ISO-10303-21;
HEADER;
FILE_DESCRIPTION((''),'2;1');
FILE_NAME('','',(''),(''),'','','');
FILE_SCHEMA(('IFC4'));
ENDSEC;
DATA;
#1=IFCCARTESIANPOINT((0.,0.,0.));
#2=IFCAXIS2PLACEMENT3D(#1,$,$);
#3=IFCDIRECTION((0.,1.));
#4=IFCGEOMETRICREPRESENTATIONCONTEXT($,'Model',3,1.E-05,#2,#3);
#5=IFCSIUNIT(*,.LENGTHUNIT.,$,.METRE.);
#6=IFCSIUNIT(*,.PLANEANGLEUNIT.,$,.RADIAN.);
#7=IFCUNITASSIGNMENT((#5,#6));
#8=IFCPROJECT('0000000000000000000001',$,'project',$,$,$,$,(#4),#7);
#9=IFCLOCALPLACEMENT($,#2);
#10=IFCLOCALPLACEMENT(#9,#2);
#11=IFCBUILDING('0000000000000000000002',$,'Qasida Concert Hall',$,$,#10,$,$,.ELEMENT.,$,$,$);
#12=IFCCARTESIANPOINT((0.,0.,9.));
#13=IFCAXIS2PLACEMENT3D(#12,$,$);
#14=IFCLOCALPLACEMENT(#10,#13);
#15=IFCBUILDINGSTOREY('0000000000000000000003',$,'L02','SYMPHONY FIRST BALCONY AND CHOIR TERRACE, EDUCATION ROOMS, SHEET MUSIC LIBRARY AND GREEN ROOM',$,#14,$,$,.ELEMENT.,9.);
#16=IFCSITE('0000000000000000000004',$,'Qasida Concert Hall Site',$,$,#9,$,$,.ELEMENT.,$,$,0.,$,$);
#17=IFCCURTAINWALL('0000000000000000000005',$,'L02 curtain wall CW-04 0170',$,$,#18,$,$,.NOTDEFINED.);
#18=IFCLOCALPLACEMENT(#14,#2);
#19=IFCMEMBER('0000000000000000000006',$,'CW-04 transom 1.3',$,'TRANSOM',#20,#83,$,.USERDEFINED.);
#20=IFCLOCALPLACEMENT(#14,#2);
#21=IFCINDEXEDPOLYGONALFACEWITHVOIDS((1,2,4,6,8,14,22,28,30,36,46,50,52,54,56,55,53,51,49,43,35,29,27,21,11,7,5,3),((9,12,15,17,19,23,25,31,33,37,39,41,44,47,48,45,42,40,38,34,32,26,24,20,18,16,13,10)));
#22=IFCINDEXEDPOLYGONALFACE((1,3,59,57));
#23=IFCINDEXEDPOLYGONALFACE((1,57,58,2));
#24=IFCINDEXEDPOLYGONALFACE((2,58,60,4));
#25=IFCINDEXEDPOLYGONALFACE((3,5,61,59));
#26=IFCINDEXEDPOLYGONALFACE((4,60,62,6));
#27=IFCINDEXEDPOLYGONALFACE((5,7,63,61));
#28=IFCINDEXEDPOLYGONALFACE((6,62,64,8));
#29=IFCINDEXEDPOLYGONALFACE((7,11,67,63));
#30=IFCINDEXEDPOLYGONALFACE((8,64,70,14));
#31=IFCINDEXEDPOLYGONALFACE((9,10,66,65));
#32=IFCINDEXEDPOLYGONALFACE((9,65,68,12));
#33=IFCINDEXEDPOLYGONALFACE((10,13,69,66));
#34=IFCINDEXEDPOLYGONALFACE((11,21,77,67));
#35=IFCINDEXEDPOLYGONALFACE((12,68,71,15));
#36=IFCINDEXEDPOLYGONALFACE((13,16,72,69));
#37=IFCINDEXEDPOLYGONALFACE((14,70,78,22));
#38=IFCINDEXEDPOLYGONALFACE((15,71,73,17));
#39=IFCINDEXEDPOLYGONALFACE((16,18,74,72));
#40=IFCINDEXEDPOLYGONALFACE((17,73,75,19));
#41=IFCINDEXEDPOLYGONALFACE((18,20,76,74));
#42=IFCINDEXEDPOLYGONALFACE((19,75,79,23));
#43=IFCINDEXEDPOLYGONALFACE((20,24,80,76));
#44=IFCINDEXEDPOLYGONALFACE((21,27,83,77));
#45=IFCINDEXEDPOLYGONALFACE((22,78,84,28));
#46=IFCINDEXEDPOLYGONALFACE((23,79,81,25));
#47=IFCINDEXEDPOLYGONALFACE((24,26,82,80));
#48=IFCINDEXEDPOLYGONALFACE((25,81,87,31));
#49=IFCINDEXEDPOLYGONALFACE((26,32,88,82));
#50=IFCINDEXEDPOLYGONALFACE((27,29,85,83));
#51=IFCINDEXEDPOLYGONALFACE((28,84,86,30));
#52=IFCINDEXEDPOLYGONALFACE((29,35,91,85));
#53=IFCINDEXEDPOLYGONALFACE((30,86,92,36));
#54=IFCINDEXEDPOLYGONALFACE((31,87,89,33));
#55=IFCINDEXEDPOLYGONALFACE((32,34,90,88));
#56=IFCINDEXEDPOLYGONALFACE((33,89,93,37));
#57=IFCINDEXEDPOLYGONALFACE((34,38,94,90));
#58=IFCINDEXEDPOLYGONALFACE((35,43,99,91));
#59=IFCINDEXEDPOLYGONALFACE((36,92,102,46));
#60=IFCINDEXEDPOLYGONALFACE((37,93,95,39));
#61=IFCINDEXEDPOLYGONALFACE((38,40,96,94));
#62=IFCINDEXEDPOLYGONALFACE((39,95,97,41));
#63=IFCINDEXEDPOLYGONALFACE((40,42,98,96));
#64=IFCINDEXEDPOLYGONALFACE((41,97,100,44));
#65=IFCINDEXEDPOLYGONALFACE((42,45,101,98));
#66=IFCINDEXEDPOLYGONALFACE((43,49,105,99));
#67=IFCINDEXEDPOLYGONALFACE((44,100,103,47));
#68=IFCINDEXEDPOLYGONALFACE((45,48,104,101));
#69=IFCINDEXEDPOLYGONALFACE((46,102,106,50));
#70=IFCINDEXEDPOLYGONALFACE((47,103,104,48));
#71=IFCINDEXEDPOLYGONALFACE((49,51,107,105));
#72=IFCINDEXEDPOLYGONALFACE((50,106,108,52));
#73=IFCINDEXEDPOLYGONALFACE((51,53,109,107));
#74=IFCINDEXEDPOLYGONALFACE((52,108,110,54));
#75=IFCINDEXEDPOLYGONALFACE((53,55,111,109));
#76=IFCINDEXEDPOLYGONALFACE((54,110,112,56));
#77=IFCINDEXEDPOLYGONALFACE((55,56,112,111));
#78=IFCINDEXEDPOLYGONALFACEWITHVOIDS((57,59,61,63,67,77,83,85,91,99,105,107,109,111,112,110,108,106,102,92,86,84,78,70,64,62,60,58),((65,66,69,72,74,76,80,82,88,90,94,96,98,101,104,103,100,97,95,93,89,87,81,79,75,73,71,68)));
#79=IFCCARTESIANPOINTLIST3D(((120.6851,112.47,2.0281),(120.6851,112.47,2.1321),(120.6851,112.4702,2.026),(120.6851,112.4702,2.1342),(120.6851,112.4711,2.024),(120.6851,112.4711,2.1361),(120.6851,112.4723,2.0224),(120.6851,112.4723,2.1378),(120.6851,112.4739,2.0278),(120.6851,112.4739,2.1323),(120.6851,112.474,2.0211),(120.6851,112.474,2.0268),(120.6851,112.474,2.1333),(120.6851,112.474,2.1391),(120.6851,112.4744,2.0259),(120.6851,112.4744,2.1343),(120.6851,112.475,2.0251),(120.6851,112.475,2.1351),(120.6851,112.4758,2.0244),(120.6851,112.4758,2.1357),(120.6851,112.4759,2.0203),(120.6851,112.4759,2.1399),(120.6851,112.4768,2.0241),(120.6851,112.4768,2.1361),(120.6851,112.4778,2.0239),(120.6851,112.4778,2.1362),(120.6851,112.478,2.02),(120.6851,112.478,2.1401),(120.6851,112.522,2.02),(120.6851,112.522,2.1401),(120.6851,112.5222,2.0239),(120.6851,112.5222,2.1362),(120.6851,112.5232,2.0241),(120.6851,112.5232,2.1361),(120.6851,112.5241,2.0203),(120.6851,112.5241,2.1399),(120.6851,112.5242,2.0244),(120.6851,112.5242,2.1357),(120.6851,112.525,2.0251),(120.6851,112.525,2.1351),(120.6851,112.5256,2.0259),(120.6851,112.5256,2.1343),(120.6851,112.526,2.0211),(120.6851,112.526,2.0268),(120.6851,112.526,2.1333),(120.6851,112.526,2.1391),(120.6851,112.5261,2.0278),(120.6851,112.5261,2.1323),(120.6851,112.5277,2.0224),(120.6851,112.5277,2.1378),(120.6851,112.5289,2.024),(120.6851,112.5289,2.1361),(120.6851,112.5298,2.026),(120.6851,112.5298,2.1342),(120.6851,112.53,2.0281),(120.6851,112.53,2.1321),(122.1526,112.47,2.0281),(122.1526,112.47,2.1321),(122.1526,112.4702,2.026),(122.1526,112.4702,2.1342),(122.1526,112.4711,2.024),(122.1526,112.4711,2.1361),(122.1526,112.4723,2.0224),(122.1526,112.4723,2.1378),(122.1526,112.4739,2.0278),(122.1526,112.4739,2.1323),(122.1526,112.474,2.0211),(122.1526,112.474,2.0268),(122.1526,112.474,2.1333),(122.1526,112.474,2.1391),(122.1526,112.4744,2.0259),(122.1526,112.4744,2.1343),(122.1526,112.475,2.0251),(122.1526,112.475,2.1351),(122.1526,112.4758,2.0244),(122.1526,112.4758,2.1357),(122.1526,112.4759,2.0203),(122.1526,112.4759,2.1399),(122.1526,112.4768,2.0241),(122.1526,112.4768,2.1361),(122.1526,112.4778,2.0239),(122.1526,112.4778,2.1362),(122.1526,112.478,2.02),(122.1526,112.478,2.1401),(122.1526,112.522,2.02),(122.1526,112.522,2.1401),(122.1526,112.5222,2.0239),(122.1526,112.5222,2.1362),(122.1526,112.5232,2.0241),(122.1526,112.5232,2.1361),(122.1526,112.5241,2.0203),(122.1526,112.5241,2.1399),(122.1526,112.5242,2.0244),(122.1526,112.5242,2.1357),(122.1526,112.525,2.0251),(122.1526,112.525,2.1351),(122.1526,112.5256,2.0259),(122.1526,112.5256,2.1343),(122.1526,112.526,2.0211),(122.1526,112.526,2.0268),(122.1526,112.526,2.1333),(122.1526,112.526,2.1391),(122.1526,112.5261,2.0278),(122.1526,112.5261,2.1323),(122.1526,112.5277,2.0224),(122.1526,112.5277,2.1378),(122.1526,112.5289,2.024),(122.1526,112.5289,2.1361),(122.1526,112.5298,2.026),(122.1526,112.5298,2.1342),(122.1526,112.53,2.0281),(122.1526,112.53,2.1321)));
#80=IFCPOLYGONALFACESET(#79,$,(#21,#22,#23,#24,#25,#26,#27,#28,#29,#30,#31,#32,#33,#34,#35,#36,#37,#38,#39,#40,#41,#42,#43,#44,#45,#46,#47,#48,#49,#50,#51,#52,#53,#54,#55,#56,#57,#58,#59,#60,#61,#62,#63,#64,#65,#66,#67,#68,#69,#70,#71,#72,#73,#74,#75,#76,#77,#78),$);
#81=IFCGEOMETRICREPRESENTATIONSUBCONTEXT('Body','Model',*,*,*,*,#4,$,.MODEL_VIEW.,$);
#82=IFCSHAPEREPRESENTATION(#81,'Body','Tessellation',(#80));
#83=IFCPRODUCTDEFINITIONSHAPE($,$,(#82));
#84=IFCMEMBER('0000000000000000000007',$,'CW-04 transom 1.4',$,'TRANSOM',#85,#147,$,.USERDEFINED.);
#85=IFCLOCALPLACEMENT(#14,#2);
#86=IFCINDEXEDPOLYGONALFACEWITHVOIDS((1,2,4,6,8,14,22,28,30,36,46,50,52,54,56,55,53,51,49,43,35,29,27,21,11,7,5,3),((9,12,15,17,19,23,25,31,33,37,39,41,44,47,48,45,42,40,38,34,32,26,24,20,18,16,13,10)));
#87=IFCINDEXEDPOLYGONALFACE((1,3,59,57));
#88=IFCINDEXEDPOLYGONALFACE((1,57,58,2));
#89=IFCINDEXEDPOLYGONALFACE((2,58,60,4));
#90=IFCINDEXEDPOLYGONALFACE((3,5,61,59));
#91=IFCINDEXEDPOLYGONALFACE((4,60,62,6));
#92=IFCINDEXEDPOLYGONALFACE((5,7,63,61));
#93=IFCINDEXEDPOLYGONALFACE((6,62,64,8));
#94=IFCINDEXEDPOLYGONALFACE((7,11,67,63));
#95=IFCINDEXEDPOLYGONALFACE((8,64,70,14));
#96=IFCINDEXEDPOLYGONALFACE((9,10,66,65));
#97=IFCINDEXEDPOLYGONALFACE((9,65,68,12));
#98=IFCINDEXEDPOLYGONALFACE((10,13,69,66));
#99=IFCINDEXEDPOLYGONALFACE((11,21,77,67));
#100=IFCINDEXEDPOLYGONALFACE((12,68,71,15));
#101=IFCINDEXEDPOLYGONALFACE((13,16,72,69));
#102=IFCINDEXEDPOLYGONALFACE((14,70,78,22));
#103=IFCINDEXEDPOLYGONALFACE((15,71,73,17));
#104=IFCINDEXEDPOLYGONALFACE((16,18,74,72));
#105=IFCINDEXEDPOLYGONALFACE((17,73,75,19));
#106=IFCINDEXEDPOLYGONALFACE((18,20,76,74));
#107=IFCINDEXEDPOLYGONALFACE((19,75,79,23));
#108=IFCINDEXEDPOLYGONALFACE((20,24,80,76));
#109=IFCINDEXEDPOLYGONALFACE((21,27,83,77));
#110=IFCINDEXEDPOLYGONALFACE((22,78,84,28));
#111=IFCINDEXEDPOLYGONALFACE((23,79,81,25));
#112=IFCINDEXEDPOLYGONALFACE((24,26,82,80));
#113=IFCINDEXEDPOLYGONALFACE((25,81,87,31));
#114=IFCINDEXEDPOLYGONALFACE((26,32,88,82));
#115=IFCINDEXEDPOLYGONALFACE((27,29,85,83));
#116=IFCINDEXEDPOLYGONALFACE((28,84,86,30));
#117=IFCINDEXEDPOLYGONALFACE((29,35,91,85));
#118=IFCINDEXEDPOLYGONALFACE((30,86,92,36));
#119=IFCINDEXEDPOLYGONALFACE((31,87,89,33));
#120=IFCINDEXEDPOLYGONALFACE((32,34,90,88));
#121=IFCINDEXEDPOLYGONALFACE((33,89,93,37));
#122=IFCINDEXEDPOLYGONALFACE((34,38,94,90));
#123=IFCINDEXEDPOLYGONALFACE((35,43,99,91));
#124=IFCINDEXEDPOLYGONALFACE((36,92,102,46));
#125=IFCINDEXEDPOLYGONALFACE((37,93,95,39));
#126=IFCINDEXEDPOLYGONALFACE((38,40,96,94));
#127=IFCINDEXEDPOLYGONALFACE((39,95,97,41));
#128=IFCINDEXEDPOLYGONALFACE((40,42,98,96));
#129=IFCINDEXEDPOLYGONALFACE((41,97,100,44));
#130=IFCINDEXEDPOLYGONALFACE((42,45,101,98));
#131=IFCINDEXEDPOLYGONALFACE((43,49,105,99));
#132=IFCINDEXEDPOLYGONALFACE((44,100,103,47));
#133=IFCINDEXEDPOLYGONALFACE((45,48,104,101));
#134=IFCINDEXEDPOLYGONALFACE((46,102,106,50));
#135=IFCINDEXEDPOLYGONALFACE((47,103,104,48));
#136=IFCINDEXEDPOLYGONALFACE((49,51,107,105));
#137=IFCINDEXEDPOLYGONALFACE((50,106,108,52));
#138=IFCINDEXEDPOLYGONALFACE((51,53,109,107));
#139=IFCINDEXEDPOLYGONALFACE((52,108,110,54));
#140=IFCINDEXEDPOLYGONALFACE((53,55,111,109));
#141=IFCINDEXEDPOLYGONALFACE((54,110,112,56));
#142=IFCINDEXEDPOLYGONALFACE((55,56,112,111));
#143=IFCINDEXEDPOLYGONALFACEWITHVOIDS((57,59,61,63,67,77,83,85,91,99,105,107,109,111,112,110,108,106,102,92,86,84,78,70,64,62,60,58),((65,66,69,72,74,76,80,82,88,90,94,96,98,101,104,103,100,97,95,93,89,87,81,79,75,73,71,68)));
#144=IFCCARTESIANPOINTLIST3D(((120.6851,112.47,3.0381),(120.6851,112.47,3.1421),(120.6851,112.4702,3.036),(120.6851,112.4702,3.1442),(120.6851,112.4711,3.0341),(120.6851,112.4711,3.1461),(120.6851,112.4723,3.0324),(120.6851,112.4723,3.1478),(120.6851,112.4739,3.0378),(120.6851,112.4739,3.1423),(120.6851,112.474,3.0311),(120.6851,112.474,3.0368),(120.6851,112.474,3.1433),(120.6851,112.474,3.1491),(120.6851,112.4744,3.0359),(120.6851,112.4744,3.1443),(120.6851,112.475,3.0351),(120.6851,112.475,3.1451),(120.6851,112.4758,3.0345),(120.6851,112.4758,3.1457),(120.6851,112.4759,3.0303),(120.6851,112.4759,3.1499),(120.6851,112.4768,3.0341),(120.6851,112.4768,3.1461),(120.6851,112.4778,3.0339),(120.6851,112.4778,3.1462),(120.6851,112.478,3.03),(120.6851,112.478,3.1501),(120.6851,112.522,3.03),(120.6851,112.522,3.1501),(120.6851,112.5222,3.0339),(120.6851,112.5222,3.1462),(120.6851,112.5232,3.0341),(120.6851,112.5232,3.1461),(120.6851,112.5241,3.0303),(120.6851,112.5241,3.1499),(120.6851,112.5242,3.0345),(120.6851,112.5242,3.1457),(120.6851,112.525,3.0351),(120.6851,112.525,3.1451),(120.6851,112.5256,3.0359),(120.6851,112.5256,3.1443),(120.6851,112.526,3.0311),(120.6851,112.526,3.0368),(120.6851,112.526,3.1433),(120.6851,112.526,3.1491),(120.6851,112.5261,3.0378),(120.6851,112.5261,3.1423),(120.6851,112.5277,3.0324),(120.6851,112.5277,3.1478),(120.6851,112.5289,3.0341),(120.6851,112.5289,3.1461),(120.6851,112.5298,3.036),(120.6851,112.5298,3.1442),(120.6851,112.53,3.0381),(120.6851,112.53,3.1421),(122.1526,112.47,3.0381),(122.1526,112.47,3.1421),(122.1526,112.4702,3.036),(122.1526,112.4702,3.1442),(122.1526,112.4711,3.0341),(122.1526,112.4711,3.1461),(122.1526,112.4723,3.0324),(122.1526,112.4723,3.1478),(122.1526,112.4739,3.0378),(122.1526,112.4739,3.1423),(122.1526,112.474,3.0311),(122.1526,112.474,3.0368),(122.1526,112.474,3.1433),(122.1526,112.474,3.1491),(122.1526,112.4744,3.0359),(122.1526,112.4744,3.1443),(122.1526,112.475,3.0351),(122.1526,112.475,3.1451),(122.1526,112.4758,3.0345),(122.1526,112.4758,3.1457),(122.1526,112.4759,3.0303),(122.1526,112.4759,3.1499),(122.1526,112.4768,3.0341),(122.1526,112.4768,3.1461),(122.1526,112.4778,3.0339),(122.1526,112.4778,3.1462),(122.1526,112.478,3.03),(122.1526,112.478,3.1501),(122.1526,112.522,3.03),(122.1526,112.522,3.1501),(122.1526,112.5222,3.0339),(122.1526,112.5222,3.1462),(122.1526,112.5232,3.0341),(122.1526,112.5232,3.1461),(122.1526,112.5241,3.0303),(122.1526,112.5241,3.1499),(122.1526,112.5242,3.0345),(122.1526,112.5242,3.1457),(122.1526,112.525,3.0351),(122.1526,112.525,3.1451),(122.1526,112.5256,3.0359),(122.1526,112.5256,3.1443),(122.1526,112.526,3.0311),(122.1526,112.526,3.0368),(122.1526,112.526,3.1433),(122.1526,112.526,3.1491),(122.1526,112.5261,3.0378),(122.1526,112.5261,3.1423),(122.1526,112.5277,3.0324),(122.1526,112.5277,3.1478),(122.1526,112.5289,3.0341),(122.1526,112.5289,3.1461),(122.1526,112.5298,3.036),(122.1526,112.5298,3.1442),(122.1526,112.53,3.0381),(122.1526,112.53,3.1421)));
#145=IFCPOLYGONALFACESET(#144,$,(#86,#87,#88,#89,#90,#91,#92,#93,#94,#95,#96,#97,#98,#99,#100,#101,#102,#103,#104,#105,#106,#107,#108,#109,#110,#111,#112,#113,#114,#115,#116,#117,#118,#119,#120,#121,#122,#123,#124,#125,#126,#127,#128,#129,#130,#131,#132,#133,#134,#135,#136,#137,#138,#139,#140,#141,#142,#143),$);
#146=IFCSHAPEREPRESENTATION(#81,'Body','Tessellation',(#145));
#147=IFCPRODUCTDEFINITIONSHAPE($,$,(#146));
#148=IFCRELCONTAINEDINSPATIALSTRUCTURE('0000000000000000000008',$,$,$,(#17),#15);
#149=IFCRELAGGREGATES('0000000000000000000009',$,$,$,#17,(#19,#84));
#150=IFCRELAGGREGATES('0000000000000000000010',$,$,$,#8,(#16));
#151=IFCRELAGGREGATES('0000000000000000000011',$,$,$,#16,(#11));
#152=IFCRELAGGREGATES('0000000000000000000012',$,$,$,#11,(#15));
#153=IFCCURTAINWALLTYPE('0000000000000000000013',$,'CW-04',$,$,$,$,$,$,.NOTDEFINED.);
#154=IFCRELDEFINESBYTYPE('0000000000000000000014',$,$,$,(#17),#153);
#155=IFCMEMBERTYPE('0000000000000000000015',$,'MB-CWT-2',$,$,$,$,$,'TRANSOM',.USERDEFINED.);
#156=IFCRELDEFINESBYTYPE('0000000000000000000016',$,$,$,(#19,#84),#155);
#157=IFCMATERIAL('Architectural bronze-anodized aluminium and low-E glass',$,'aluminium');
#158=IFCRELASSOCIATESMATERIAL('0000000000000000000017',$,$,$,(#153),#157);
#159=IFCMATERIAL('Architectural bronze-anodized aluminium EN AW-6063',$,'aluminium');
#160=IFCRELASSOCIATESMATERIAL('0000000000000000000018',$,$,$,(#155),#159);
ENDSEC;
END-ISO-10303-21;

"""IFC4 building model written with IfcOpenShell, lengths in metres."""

from ifc_helpers import new_model, si_unit, direction, frame, origin, origin_2d, place, context, subcontext, project, spatial, hollow_rectangle, extrude, material, material_profile, profile_set, type_object, element, aggregate, save


model = new_model("IFC4")

# Units and contexts
model_context = context("Model", 3, precision=1e-05, world=origin(), true_north=direction((0.0, 1.0)))
body_context = subcontext(model_context, "Body", "Model", "MODEL_VIEW")
ifc_project = project(units=[si_unit("LENGTHUNIT", "METRE"), si_unit("PLANEANGLEUNIT", "RADIAN")], contexts=[model_context])

# Site, building, storey
site_placement = place(None, origin())
site = spatial("IfcSite", under=ifc_project, at=site_placement, Name="Qasida Concert Hall Site", CompositionType="ELEMENT", RefElevation=0.0)
building_placement = place(site_placement, origin())
building = spatial("IfcBuilding", under=site, at=building_placement, Name="Qasida Concert Hall", CompositionType="ELEMENT")
storey_placement = place(building_placement, frame((0.0, 0.0, 9.0)))
storey = spatial("IfcBuildingStorey", under=building, at=storey_placement, Name="L02", Description="SYMPHONY FIRST BALCONY AND CHOIR TERRACE, EDUCATION ROOMS, SHEET MUSIC LIBRARY AND GREEN ROOM", CompositionType="ELEMENT", Elevation=9.0)

# Curtain wall
ifc_material_1 = material(Name="Architectural bronze-anodized aluminium and low-E glass", Category="aluminium")
curtain_wall_type_1 = type_object("IfcCurtainWallType", Name="CW-04", PredefinedType="NOTDEFINED", material=ifc_material_1)
curtain_wall_1_placement = place(storey_placement, origin())
curtain_wall_1 = element("IfcCurtainWall", 1, at=curtain_wall_1_placement, inside=storey, type_object=curtain_wall_type_1, Name="L02 curtain wall CW-04 0170", PredefinedType="NOTDEFINED")
ifc_material_2 = material(Name="Architectural bronze-anodized aluminium EN AW-6063", Category="aluminium")

# Members
ifc_material_profile_1 = material_profile(ifc_material_2, hollow_rectangle(XDim=0.0601, YDim=0.1201, WallThickness=0.0039, InnerFilletRadius=0.0039, OuterFilletRadius=0.0081, at=origin_2d()), Name="CWT 120x60x4")
ifc_profile_set_1 = profile_set([ifc_material_profile_1], Name="Architectural bronze-anodized aluminium EN AW-6063")
member_type_1 = type_object("IfcMemberType", Name="MB-CWT-2", ElementType="TRANSOM", PredefinedType="USERDEFINED", material=ifc_profile_set_1)
member_1_placement = place(storey_placement, frame((120.6851, 112.5, 2.0801), z_axis=(1.0, 0.0, 0.0), x_axis=(0.0, 1.0, 0.0)))
member_1 = element("IfcMember", 2, at=member_1_placement, type_object=member_type_1, Name="CW-04 transom 1.3", ObjectType="TRANSOM", PredefinedType="USERDEFINED", context=body_context, shape_type="SweptSolid", body=[
    extrude(hollow_rectangle(XDim=0.0601, YDim=0.1201, WallThickness=0.0039, InnerFilletRadius=0.0039, OuterFilletRadius=0.0081, at=origin_2d()), origin(), (0.0, 0.0, 1.0), 1.4675),
])
member_2_placement = place(storey_placement, frame((120.6851, 112.5, 3.0901), z_axis=(1.0, 0.0, 0.0), x_axis=(0.0, 1.0, 0.0)))
member_2 = element("IfcMember", 3, at=member_2_placement, type_object=member_type_1, Name="CW-04 transom 1.4", ObjectType="TRANSOM", PredefinedType="USERDEFINED", context=body_context, shape_type="SweptSolid", body=[
    extrude(hollow_rectangle(XDim=0.0601, YDim=0.1201, WallThickness=0.0039, InnerFilletRadius=0.0039, OuterFilletRadius=0.0081, at=origin_2d()), origin(), (0.0, 0.0, 1.0), 1.4675),
])

aggregate(curtain_wall_1, [member_1, member_2])

save(model, "model.ifc")
